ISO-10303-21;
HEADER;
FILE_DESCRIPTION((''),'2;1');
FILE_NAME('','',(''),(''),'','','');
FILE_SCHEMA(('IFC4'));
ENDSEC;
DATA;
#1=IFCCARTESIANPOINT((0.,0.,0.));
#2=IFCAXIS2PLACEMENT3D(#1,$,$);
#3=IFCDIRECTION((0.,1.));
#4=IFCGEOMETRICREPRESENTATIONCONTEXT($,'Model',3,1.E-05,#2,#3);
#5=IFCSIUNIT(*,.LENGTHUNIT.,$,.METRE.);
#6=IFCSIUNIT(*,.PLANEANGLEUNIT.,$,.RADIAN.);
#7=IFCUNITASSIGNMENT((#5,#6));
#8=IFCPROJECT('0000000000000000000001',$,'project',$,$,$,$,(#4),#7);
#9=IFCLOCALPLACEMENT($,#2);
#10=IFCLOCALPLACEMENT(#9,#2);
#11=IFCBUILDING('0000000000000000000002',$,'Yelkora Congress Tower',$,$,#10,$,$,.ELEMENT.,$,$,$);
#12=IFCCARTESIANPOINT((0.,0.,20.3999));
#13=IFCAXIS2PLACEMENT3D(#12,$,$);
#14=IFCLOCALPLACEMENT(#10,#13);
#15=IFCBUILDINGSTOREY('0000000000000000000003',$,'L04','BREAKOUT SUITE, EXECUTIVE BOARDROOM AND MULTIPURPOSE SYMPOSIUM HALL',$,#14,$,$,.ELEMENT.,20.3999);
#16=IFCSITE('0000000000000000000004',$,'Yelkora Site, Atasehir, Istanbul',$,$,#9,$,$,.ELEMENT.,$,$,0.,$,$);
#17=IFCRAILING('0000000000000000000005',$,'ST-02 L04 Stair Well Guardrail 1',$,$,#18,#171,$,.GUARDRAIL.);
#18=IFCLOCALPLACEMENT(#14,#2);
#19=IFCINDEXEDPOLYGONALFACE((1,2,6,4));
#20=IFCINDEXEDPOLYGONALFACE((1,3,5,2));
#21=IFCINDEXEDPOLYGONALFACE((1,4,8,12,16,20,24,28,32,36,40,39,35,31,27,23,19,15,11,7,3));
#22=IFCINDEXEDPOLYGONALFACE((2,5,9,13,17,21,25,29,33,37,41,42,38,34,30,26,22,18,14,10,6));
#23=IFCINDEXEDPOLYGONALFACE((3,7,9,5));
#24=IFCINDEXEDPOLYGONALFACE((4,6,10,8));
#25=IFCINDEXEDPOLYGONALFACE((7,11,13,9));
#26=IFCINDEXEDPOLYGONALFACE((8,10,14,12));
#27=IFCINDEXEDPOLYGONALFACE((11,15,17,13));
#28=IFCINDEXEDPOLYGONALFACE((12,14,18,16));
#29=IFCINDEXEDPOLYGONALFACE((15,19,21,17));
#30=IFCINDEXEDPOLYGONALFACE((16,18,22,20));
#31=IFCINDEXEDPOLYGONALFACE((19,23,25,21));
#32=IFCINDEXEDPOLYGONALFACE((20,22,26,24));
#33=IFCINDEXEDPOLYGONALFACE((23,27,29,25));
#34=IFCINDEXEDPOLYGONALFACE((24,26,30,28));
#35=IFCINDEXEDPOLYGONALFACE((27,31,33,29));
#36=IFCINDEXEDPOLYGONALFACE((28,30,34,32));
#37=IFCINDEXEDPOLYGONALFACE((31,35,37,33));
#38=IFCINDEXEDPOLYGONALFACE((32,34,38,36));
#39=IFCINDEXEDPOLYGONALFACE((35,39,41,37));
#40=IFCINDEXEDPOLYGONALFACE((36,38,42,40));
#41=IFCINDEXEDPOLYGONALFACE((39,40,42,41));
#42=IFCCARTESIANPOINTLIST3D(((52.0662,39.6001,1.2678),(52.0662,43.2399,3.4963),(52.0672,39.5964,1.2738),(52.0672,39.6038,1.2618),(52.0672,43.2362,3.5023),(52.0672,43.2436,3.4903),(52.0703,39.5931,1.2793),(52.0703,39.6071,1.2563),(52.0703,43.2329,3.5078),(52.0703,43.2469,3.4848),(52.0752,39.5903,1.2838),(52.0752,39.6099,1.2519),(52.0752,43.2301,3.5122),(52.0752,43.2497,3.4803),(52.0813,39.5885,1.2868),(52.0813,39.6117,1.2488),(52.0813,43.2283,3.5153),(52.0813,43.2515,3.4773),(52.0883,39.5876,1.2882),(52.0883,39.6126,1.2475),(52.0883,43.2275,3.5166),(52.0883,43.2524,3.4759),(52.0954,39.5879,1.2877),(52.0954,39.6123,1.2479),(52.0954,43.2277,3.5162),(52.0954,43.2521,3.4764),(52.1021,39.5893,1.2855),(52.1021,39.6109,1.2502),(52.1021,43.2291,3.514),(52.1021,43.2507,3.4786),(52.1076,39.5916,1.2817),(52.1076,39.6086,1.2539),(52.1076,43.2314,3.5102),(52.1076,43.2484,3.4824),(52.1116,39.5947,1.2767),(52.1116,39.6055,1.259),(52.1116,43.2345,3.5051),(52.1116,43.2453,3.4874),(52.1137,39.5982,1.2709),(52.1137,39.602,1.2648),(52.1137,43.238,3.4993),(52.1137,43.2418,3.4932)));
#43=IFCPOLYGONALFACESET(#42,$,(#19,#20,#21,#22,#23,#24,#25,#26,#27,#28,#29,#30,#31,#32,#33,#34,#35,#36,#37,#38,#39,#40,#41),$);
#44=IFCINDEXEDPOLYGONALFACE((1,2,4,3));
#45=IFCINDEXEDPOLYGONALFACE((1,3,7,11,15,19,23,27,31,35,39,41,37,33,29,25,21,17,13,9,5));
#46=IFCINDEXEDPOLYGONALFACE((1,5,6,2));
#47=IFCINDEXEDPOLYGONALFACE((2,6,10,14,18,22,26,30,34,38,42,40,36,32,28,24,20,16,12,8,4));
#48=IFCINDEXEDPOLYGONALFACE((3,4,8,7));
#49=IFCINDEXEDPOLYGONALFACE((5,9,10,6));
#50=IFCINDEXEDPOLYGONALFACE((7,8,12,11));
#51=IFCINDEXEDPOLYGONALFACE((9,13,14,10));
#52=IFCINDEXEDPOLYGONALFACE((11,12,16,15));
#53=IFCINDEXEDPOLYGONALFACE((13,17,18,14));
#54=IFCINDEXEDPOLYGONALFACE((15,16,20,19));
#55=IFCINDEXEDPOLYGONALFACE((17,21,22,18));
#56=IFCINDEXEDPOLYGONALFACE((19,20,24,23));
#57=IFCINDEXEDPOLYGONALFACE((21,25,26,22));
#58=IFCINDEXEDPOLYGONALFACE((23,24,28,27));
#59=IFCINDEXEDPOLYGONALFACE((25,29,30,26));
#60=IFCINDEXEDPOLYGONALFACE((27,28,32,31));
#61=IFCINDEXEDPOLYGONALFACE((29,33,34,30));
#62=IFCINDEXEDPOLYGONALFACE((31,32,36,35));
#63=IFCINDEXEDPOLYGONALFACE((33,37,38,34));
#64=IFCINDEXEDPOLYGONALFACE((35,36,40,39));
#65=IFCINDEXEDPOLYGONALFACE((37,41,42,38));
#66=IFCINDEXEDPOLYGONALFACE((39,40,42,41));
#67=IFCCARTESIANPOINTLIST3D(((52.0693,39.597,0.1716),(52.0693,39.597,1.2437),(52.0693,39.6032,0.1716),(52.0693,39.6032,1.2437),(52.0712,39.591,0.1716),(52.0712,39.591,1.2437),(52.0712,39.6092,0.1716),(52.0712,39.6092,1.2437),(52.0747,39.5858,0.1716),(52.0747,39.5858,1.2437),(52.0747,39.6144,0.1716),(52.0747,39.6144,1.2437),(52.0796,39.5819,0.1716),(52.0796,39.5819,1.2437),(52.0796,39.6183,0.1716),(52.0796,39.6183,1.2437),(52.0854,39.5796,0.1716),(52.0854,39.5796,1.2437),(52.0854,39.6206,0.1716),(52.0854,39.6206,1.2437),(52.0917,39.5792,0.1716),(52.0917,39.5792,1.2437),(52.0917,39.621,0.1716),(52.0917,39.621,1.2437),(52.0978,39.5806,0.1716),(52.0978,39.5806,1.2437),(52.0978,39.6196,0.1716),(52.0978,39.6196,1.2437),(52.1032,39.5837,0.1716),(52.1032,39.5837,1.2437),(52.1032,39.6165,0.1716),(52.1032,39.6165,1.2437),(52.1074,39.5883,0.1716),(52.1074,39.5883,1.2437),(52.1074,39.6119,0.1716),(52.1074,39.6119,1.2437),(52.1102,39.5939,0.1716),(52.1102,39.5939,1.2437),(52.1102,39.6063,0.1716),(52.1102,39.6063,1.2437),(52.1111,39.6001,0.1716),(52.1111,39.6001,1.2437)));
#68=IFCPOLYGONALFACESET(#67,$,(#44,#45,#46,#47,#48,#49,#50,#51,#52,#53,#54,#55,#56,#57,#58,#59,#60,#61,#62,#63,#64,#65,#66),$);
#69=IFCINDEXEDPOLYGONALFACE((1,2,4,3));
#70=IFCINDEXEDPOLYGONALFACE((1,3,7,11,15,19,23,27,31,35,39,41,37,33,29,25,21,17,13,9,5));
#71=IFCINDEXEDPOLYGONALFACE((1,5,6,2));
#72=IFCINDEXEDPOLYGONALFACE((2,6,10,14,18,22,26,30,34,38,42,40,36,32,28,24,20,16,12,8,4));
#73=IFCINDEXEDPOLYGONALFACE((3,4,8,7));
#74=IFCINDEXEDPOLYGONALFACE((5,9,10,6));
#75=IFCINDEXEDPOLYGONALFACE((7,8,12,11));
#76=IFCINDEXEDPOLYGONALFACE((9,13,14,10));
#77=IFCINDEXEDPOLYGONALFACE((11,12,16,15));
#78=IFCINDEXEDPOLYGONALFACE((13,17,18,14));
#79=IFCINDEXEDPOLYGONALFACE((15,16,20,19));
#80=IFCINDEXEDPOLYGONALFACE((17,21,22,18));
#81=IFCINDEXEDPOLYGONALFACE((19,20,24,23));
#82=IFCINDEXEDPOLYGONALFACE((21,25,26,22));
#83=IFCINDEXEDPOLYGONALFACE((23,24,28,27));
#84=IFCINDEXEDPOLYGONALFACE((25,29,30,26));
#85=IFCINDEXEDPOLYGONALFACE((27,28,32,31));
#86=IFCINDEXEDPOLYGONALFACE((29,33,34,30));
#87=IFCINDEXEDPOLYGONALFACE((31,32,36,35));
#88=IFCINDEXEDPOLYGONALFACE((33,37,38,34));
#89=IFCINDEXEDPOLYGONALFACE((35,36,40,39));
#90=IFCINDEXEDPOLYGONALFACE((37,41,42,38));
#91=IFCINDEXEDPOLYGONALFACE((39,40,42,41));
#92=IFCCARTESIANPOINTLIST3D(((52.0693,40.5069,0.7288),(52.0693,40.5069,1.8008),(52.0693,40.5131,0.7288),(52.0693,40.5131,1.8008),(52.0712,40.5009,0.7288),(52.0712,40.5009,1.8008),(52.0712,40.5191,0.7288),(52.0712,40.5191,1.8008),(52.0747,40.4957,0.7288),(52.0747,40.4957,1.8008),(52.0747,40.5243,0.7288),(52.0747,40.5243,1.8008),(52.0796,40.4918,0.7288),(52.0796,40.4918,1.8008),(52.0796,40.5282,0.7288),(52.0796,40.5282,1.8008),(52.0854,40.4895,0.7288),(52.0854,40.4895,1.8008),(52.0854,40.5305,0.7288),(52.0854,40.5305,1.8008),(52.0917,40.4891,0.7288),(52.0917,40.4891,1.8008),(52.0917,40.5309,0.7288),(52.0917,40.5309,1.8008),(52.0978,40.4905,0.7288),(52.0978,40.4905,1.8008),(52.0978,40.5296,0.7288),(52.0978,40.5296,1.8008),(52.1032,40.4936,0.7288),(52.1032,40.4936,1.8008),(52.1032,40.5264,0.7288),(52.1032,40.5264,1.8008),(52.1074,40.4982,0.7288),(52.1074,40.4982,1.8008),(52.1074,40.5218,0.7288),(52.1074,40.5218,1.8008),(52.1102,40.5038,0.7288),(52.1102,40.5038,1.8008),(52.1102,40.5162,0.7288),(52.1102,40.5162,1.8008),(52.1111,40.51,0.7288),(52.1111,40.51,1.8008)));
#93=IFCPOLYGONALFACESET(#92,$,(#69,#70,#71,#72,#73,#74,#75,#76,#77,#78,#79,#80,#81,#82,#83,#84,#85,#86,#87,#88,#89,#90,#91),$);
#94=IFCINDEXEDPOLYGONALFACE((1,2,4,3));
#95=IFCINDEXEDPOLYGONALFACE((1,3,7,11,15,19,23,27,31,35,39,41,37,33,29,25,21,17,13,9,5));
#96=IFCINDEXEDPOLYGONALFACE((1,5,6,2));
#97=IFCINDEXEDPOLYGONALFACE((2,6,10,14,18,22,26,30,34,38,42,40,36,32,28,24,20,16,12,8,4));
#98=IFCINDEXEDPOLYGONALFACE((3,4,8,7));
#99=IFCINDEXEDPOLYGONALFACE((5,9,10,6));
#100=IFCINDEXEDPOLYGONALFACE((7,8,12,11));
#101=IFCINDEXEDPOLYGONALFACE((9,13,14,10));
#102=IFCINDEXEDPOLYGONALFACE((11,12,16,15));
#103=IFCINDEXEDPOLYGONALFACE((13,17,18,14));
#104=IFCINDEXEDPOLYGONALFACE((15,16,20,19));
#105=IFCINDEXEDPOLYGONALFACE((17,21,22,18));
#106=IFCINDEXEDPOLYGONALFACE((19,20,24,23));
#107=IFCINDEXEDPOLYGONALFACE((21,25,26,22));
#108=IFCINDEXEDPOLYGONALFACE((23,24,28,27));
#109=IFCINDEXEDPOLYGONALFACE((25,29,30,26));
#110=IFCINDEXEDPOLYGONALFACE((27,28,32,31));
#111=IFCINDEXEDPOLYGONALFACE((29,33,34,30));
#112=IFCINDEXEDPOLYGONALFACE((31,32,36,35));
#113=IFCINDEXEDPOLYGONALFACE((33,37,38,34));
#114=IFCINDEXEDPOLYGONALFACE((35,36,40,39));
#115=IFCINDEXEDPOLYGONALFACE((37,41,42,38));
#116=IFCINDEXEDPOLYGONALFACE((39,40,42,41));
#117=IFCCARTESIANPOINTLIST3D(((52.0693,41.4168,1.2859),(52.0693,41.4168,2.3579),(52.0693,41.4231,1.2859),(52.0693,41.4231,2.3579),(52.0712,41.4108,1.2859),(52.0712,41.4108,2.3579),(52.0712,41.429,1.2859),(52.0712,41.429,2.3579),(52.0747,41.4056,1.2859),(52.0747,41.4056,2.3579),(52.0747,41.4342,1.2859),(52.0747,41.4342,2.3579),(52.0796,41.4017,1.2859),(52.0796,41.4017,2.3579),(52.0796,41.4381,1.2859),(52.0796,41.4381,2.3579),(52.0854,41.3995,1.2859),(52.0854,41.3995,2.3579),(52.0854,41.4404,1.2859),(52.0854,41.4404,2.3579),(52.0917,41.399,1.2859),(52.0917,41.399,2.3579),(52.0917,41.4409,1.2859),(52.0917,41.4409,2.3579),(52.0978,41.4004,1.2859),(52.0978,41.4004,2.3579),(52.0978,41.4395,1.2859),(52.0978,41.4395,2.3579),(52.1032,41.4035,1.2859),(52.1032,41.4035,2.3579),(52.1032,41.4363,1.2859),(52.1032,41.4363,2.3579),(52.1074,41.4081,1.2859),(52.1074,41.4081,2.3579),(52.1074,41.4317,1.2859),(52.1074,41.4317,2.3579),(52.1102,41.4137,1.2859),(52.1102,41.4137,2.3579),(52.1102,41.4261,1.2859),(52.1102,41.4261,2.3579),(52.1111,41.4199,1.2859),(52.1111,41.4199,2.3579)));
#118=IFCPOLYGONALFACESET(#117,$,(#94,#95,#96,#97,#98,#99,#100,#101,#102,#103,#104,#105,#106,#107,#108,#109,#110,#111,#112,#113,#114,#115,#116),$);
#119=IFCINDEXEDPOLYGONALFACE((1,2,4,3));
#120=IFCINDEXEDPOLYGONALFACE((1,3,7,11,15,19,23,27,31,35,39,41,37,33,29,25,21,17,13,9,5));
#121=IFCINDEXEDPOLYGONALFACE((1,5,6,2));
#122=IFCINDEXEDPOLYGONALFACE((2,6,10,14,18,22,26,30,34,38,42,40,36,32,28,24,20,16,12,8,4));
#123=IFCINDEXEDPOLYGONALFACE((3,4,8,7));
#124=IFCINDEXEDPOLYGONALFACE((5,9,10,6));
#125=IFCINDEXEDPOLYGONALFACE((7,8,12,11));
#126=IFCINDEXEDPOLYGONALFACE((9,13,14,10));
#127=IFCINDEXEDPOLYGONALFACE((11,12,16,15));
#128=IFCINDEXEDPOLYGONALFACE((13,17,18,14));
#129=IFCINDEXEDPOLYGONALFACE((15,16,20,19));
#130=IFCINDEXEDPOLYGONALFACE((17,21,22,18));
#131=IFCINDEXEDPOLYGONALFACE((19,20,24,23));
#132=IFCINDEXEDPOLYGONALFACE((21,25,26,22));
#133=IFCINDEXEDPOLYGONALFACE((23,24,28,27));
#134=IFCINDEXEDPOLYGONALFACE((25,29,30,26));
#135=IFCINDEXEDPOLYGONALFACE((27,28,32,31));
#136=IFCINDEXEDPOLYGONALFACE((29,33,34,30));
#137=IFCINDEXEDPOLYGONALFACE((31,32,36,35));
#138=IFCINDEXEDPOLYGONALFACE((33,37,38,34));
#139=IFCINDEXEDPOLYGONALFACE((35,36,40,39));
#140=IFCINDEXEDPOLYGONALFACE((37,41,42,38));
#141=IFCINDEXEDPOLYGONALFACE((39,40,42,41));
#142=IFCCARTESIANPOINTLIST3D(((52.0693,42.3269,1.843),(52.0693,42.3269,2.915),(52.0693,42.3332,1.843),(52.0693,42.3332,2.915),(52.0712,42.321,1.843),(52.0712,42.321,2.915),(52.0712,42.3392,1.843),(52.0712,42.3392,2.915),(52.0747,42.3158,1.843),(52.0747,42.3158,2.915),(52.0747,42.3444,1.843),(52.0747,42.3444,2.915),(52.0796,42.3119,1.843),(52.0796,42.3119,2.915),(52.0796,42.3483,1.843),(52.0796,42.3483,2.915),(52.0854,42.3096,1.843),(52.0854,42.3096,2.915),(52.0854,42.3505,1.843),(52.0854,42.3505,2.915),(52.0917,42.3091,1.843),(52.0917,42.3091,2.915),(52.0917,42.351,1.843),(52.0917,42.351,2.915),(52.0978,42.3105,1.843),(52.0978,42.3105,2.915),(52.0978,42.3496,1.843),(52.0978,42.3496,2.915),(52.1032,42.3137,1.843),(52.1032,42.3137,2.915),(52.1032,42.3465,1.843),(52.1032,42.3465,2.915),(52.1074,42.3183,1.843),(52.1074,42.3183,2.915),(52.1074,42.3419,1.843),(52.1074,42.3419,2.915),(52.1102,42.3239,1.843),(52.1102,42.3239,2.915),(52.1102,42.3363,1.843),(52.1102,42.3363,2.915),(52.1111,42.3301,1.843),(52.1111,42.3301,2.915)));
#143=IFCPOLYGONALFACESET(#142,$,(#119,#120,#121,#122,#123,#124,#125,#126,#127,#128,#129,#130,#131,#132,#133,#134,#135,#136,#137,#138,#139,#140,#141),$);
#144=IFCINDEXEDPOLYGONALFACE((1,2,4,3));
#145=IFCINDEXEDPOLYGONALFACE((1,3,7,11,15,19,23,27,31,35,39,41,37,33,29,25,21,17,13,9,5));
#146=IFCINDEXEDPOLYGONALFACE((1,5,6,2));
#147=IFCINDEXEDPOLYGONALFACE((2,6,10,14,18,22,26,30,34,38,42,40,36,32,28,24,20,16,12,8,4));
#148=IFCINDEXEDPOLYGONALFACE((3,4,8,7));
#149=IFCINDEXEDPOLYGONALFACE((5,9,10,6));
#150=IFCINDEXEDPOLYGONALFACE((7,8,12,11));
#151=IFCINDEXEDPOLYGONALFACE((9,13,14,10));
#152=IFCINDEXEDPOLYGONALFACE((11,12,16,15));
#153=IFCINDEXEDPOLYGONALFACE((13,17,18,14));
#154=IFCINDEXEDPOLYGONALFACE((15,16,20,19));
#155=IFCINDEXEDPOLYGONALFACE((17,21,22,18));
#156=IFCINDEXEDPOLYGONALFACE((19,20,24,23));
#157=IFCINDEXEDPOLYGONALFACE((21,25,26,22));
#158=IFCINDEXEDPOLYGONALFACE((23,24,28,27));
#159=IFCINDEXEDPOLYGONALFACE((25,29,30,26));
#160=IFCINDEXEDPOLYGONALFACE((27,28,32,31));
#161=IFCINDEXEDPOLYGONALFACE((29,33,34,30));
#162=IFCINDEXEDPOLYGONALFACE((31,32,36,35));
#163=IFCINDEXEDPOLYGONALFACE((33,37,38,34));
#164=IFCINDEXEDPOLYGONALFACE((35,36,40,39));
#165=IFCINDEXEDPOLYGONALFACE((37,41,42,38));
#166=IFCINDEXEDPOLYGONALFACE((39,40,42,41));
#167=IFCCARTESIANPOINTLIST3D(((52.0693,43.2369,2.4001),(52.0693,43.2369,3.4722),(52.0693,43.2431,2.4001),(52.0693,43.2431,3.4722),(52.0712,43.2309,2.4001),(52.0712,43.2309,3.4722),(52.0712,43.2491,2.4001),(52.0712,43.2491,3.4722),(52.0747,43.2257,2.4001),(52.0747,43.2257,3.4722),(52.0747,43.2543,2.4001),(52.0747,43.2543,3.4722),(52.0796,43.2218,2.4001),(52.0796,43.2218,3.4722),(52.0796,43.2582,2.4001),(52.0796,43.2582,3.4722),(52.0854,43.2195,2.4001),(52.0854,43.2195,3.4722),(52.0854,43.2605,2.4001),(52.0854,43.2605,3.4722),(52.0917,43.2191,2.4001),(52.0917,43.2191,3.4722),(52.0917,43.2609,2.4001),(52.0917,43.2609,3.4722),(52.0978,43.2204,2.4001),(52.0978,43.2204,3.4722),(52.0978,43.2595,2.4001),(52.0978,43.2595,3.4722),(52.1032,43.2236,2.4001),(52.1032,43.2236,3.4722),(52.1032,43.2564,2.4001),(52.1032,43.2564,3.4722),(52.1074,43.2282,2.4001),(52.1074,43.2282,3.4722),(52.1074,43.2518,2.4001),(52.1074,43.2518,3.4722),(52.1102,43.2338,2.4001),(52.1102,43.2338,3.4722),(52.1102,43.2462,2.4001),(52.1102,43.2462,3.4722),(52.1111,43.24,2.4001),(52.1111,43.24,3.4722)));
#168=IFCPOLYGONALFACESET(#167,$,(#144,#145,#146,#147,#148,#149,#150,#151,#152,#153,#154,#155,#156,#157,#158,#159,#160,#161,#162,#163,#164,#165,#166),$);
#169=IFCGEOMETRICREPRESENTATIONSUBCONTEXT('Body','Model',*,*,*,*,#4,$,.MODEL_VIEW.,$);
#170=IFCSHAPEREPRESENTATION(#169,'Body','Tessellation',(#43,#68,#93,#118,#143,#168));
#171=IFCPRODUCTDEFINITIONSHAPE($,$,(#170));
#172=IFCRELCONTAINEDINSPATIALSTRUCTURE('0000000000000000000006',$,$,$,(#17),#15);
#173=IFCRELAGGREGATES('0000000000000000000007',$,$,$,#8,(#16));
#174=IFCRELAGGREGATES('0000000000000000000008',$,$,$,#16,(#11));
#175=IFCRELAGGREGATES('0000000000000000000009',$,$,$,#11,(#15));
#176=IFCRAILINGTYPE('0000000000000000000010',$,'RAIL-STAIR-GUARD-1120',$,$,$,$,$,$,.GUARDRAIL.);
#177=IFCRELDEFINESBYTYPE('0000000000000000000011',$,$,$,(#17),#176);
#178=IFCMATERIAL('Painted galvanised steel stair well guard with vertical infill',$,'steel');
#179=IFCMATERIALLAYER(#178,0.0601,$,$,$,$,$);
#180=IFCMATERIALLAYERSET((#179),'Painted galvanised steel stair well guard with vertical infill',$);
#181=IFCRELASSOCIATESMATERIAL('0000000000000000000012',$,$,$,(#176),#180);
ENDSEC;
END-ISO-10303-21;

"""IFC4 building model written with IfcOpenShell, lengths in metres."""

from ifc_helpers import new_model, si_unit, direction, frame, origin, origin_2d, place, context, subcontext, project, spatial, circle, extrude, material, layer, layer_set, type_object, element, save


model = new_model("IFC4")

# Units and contexts
model_context = context("Model", 3, precision=1e-05, world=origin(), true_north=direction((0.0, 1.0)))
body_context = subcontext(model_context, "Body", "Model", "MODEL_VIEW")
ifc_project = project(units=[si_unit("LENGTHUNIT", "METRE"), si_unit("PLANEANGLEUNIT", "RADIAN")], contexts=[model_context])

# Site, building, storey
site_placement = place(None, origin())
site = spatial("IfcSite", under=ifc_project, at=site_placement, Name="Yelkora Site, Atasehir, Istanbul", CompositionType="ELEMENT", RefElevation=0.0)
building_placement = place(site_placement, origin())
building = spatial("IfcBuilding", under=site, at=building_placement, Name="Yelkora Congress Tower", CompositionType="ELEMENT")
storey_placement = place(building_placement, frame((0.0, 0.0, 20.3999)))
storey = spatial("IfcBuildingStorey", under=building, at=storey_placement, Name="L04", Description="BREAKOUT SUITE, EXECUTIVE BOARDROOM AND MULTIPURPOSE SYMPOSIUM HALL", CompositionType="ELEMENT", Elevation=20.3999)

# Railing
ifc_material_1 = material(Name="Painted galvanised steel stair well guard with vertical infill", Category="steel")
ifc_layer_1 = layer(ifc_material_1, 0.0601)
ifc_layer_set_1 = layer_set([ifc_layer_1], Name="Painted galvanised steel stair well guard with vertical infill")
railing_type_1 = type_object("IfcRailingType", Name="RAIL-STAIR-GUARD-1120", PredefinedType="GUARDRAIL", material=ifc_layer_set_1)
railing_1_placement = place(storey_placement, frame((52.0901, 39.6001, 0.1716)))
element("IfcRailing", 1, at=railing_1_placement, inside=storey, type_object=railing_type_1, Name="ST-02 L04 Stair Well Guardrail 1", PredefinedType="GUARDRAIL", context=body_context, shape_type="SweptSolid", body=[
    extrude(circle(Radius=0.0239, at=origin_2d()), frame((0.0, 0.0, 1.0962), z_axis=(0.0, 0.85285, 0.522156), x_axis=(-1.0, 0.0, 0.0)), (0.0, 0.0, 1.0), 4.2678),
    extrude(circle(Radius=0.021, at=origin_2d()), origin(), (0.0, 0.0, 1.0), 1.072),
    extrude(circle(Radius=0.021, at=origin_2d()), frame((0.0, 0.9099, 0.5571)), (0.0, 0.0, 1.0), 1.072),
    extrude(circle(Radius=0.021, at=origin_2d()), frame((0.0, 1.8198, 1.1143)), (0.0, 0.0, 1.0), 1.072),
    extrude(circle(Radius=0.021, at=origin_2d()), frame((0.0, 2.73, 1.6714)), (0.0, 0.0, 1.0), 1.072),
    extrude(circle(Radius=0.021, at=origin_2d()), frame((0.0, 3.6399, 2.2285)), (0.0, 0.0, 1.0), 1.072),
])

save(model, "model.ifc")
